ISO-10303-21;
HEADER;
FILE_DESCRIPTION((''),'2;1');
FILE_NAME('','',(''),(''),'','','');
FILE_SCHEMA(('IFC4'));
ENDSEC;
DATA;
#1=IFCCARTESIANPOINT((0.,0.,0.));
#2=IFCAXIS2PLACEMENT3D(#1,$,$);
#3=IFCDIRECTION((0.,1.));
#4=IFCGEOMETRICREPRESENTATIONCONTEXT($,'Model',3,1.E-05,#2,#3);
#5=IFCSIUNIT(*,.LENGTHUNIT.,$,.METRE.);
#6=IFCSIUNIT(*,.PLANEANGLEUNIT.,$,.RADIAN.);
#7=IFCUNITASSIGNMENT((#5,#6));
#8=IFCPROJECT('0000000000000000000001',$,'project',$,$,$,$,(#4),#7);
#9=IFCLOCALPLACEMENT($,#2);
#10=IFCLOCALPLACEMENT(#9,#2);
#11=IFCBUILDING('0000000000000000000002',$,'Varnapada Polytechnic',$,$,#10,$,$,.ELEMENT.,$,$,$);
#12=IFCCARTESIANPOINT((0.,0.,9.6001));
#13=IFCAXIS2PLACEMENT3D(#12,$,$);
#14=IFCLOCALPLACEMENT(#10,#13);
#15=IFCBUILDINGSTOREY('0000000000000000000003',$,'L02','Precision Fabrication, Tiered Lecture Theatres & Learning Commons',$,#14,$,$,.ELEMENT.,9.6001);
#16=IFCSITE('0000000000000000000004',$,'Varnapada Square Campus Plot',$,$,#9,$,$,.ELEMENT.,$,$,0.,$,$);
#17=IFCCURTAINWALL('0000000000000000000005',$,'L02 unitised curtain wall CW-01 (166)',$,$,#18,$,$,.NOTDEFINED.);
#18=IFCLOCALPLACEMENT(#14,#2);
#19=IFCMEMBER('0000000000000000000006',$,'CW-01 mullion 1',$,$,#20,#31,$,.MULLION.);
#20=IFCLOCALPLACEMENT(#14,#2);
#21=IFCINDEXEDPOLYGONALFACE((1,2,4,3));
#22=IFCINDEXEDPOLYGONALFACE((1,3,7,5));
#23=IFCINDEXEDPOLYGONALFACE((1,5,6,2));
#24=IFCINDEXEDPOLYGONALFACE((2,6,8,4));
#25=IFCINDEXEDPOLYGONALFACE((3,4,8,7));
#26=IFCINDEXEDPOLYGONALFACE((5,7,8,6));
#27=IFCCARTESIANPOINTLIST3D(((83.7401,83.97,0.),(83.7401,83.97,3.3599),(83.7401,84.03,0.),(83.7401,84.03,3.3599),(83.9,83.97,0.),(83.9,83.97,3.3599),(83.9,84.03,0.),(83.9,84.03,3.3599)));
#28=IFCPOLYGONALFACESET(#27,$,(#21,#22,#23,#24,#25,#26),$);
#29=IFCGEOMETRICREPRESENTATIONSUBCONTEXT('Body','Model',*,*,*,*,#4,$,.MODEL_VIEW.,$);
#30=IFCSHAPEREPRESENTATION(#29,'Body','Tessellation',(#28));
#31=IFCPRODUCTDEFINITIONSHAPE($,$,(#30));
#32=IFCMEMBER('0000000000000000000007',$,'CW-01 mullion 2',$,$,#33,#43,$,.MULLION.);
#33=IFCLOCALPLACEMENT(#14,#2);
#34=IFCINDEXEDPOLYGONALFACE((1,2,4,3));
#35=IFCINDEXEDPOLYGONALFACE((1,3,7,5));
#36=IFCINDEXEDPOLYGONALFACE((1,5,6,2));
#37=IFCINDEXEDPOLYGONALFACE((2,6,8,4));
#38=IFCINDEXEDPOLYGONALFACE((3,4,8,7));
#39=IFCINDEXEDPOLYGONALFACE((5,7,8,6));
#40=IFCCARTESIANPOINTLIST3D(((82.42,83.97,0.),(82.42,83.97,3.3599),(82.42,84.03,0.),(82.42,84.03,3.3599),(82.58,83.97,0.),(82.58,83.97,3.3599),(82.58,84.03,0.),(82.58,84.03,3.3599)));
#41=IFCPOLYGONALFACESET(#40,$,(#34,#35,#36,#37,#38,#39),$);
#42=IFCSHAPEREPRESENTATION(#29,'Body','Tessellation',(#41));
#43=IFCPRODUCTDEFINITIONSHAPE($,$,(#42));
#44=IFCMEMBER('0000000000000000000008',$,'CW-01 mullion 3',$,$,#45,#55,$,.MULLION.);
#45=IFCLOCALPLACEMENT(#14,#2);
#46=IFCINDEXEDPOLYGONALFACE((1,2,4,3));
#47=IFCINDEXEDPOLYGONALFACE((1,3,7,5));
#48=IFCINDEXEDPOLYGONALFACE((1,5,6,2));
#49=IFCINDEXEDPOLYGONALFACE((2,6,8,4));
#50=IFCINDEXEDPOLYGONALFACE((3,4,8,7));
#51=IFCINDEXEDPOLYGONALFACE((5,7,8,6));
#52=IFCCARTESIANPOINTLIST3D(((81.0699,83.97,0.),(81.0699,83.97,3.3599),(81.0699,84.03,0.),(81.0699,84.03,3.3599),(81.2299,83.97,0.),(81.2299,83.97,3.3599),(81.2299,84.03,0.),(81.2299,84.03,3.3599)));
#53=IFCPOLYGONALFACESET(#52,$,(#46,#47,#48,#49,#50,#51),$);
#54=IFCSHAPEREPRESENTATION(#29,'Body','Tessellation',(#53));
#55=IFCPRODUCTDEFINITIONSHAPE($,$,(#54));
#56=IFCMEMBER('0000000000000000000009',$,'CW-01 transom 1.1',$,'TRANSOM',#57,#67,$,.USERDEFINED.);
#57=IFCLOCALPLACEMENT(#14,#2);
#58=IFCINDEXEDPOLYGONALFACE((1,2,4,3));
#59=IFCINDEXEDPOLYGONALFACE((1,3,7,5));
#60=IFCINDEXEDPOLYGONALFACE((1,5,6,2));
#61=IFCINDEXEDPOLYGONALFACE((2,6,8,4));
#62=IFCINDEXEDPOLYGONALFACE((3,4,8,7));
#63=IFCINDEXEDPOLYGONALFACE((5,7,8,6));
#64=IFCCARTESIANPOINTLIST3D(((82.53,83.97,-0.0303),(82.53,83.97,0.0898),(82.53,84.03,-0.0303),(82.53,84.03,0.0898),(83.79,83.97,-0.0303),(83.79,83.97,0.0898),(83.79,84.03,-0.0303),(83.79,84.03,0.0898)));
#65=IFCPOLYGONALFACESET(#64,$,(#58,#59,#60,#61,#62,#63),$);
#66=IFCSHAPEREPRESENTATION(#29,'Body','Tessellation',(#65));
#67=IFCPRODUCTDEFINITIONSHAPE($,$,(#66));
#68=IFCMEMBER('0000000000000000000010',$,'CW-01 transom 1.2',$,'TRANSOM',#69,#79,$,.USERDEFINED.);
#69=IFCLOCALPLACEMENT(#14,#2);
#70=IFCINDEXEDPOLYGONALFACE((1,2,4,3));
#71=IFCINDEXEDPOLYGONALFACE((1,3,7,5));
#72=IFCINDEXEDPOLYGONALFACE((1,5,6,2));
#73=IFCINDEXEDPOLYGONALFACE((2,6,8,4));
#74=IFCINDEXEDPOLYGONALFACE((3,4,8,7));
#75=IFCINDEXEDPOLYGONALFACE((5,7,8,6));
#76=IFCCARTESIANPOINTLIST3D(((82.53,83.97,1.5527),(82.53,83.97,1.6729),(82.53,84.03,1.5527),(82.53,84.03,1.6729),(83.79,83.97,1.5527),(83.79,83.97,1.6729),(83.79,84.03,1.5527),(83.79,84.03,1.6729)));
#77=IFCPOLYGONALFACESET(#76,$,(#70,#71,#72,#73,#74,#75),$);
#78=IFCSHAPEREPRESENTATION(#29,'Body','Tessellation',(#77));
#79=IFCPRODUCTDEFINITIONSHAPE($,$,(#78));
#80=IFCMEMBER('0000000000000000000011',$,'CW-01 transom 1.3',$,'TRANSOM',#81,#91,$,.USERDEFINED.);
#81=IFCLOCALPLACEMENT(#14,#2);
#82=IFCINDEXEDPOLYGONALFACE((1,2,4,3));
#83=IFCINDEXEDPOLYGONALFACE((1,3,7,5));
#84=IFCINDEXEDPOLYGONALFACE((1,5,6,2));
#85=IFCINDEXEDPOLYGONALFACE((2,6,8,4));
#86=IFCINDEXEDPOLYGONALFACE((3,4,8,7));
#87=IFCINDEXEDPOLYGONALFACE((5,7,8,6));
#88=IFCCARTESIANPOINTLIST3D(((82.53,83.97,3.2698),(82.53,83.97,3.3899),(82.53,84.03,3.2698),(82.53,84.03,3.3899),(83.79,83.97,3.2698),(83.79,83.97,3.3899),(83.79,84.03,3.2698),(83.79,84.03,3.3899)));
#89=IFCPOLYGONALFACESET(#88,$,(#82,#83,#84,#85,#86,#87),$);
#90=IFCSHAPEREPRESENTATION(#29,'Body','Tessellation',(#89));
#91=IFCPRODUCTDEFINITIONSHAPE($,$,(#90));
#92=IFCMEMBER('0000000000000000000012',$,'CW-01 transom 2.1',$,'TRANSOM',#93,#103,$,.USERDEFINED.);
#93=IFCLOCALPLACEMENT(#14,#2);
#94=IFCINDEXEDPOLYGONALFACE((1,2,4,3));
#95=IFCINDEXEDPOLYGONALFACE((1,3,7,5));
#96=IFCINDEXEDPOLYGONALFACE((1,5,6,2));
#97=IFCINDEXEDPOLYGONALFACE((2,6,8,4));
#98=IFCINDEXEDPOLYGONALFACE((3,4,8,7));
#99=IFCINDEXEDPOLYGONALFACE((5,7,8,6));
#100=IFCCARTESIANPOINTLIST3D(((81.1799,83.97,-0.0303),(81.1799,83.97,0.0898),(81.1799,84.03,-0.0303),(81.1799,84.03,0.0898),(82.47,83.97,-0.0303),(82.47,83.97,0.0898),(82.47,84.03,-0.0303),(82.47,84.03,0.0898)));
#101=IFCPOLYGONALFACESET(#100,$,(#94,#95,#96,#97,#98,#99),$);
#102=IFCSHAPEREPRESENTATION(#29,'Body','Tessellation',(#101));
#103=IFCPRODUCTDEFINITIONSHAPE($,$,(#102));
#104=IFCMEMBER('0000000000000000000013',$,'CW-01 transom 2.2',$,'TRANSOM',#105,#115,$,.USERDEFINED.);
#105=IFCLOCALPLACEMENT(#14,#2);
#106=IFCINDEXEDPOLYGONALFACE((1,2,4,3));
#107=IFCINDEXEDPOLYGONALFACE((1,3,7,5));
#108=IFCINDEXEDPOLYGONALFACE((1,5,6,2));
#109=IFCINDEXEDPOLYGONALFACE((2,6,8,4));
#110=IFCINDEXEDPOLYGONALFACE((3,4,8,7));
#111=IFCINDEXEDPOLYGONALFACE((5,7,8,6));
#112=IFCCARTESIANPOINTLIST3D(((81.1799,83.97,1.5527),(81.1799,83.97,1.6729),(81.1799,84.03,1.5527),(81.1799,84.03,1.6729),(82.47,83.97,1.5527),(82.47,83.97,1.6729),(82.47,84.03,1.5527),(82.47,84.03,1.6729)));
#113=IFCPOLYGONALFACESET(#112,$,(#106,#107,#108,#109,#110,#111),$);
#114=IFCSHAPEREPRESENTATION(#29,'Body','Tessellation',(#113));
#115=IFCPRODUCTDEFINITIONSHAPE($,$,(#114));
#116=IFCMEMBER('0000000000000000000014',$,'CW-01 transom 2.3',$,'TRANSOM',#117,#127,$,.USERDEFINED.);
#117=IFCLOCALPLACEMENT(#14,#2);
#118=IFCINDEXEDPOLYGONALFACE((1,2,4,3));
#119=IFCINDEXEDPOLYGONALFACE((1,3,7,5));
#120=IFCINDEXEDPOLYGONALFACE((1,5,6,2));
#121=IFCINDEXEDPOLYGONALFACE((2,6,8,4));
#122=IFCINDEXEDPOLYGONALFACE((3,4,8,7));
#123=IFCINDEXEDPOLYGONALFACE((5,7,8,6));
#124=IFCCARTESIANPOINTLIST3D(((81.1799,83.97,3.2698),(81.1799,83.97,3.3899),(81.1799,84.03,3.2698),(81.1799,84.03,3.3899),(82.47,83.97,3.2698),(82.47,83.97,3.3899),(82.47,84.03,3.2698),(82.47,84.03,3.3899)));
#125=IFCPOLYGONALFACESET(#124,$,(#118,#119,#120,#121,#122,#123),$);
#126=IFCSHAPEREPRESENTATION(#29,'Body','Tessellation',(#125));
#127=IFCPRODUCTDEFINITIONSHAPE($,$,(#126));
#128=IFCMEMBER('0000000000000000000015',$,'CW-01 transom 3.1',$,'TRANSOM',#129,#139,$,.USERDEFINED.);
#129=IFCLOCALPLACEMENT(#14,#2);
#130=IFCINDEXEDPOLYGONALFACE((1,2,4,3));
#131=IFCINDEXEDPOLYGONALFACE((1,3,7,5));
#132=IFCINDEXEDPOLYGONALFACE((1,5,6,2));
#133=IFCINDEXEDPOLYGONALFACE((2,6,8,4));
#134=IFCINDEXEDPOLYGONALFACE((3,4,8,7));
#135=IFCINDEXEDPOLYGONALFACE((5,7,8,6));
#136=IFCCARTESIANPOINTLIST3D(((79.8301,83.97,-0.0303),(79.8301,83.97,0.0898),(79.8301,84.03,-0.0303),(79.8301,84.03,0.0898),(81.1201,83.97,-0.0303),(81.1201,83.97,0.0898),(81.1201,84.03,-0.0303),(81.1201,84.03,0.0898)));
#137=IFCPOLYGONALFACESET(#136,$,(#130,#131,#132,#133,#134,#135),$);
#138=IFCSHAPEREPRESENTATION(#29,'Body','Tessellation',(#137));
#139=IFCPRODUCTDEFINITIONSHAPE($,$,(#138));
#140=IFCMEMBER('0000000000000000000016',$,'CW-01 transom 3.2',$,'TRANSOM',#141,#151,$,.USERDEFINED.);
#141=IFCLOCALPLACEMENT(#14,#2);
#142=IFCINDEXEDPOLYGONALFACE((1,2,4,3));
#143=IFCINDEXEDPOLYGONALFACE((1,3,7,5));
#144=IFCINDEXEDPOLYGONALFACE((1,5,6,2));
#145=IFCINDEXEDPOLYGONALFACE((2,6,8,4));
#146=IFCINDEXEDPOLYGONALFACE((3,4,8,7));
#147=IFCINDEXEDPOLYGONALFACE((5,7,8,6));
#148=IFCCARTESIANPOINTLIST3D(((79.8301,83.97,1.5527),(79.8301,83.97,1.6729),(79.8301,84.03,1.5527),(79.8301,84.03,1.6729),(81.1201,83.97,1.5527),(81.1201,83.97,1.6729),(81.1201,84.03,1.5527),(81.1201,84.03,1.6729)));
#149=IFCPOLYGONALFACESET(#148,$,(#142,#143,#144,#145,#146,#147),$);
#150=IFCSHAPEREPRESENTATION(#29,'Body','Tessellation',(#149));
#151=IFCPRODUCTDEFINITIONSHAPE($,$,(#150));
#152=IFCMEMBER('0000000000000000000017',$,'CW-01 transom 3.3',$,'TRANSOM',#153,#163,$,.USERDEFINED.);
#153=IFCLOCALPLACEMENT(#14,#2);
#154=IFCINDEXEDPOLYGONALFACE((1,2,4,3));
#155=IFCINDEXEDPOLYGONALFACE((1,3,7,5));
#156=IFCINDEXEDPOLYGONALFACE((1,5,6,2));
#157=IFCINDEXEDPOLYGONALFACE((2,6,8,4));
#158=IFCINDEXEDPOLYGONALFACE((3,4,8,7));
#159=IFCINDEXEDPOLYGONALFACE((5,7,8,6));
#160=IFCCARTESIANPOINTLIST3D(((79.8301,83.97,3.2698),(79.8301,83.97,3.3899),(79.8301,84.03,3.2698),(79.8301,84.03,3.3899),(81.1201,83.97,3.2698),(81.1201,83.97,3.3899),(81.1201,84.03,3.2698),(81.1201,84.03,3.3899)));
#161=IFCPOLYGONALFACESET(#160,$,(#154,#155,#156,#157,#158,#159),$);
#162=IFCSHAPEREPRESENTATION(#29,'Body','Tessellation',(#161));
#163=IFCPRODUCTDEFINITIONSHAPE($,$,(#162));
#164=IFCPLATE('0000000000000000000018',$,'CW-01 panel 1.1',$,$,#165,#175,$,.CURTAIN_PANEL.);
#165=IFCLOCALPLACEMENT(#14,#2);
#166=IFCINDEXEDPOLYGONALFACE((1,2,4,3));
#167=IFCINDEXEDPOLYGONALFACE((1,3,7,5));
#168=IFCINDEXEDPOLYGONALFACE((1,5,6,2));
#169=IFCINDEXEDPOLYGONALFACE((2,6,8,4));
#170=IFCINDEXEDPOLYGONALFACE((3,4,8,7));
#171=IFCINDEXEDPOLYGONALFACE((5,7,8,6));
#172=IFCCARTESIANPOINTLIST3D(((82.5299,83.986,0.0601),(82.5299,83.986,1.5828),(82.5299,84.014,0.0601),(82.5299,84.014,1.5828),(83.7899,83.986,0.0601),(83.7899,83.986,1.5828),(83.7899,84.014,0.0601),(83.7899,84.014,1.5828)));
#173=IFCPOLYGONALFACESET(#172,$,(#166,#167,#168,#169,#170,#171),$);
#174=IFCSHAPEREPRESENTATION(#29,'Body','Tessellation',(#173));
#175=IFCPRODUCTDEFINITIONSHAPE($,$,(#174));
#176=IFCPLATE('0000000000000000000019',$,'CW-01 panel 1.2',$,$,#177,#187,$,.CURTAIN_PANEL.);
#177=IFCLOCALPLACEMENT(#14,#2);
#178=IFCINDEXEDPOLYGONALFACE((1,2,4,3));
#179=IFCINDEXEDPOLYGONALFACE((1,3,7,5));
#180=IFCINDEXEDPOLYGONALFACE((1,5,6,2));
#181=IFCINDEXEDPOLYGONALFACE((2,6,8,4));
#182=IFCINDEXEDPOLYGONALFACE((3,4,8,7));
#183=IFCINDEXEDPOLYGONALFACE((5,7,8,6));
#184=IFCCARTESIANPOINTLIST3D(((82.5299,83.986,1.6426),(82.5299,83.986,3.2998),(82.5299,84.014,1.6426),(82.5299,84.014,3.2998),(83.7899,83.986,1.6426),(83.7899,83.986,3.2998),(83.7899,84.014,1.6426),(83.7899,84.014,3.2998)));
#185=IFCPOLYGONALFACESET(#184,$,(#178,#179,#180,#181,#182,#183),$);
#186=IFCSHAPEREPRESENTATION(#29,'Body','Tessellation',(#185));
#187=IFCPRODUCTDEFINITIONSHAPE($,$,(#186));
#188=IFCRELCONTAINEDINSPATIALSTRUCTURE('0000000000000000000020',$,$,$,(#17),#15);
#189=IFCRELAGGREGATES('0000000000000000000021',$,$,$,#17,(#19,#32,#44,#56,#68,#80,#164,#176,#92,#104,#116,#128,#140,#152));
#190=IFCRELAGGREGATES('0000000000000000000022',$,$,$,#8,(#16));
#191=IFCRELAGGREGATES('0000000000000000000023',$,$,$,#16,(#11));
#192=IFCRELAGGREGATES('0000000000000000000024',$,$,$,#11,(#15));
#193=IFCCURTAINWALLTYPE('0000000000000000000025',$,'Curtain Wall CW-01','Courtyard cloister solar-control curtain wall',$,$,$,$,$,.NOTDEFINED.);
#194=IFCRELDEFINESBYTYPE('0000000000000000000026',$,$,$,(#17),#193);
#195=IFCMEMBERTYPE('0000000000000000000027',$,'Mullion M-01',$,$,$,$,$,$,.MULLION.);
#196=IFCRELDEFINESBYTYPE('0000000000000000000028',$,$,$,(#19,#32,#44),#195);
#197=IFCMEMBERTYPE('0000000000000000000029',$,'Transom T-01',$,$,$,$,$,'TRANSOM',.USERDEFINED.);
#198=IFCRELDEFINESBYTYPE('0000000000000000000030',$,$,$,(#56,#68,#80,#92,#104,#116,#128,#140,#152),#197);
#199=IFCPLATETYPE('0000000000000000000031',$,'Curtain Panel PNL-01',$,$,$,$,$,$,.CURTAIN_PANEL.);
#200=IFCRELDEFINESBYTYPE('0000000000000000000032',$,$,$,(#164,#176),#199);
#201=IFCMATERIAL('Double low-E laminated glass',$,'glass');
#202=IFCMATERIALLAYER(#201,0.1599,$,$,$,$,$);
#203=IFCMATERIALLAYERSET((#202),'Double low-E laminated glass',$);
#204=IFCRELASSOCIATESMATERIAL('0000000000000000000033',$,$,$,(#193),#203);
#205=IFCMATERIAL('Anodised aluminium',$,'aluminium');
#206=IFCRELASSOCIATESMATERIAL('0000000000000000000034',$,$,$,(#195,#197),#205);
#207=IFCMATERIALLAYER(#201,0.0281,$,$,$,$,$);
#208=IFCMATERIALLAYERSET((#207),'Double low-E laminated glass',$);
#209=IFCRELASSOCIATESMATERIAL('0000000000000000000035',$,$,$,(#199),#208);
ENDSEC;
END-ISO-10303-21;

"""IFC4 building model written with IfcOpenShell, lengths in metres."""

from ifc_helpers import new_model, si_unit, direction, frame, origin, origin_2d, place, context, subcontext, project, spatial, rectangle, extrude, material, layer, layer_set, material_profile, profile_set, type_object, element, aggregate, save


model = new_model("IFC4")

# Units and contexts
model_context = context("Model", 3, precision=1e-05, world=origin(), true_north=direction((0.0, 1.0)))
body_context = subcontext(model_context, "Body", "Model", "MODEL_VIEW")
ifc_project = project(units=[si_unit("LENGTHUNIT", "METRE"), si_unit("PLANEANGLEUNIT", "RADIAN")], contexts=[model_context])

# Site, building, storey
site_placement = place(None, origin())
site = spatial("IfcSite", under=ifc_project, at=site_placement, Name="Varnapada Square Campus Plot", CompositionType="ELEMENT", RefElevation=0.0)
building_placement = place(site_placement, origin())
building = spatial("IfcBuilding", under=site, at=building_placement, Name="Varnapada Polytechnic", CompositionType="ELEMENT")
storey_placement = place(building_placement, frame((0.0, 0.0, 9.6001)))
storey = spatial("IfcBuildingStorey", under=building, at=storey_placement, Name="L02", Description="Precision Fabrication, Tiered Lecture Theatres & Learning Commons", CompositionType="ELEMENT", Elevation=9.6001)

# Curtain wall, members, plates
ifc_material_1 = material(Name="Double low-E laminated glass", Category="glass")
ifc_layer_1 = layer(ifc_material_1, 0.1599)
ifc_layer_set_1 = layer_set([ifc_layer_1], Name="Double low-E laminated glass")
curtain_wall_type = type_object("IfcCurtainWallType", Name="Curtain Wall CW-01", Description="Courtyard cloister solar-control curtain wall", PredefinedType="NOTDEFINED", material=ifc_layer_set_1)
curtain_wall_placement = place(storey_placement, origin())
curtain_wall = element("IfcCurtainWall", 1, at=curtain_wall_placement, inside=storey, type_object=curtain_wall_type, Name="L02 unitised curtain wall CW-01 (166)", PredefinedType="NOTDEFINED")
ifc_material_2 = material(Name="Anodised aluminium", Category="aluminium")
ifc_material_profile_1 = material_profile(ifc_material_2, rectangle(XDim=0.0601, YDim=0.1599, at=origin_2d()), Name="ALU M60x160")
ifc_profile_set_1 = profile_set([ifc_material_profile_1], Name="Anodised aluminium")
member_type_1 = type_object("IfcMemberType", Name="Mullion M-01", PredefinedType="MULLION", material=ifc_profile_set_1)
member_1_placement = place(storey_placement, frame((83.8201, 84.0, 0.0), z_axis=(0.0, 0.0, 1.0), x_axis=(0.0, -1.0, 0.0)))
member_1 = element("IfcMember", 2, at=member_1_placement, type_object=member_type_1, Name="CW-01 mullion 1", PredefinedType="MULLION", context=body_context, shape_type="SweptSolid", body=[
    extrude(rectangle(XDim=0.0601, YDim=0.1599, at=origin_2d()), origin(), (0.0, 0.0, 1.0), 3.3599),
])
member_2_placement = place(storey_placement, frame((82.5, 84.0, 0.0), z_axis=(0.0, 0.0, 1.0), x_axis=(0.0, -1.0, 0.0)))
member_2 = element("IfcMember", 3, at=member_2_placement, type_object=member_type_1, Name="CW-01 mullion 2", PredefinedType="MULLION", context=body_context, shape_type="SweptSolid", body=[
    extrude(rectangle(XDim=0.0601, YDim=0.1599, at=origin_2d()), origin(), (0.0, 0.0, 1.0), 3.3599),
])
member_3_placement = place(storey_placement, frame((81.1499, 84.0, 0.0), z_axis=(0.0, 0.0, 1.0), x_axis=(0.0, -1.0, 0.0)))
member_3 = element("IfcMember", 4, at=member_3_placement, type_object=member_type_1, Name="CW-01 mullion 3", PredefinedType="MULLION", context=body_context, shape_type="SweptSolid", body=[
    extrude(rectangle(XDim=0.0601, YDim=0.1599, at=origin_2d()), origin(), (0.0, 0.0, 1.0), 3.3599),
])
ifc_material_profile_2 = material_profile(ifc_material_2, rectangle(XDim=0.0601, YDim=0.1201, at=origin_2d()), Name="ALU T60x120")
ifc_profile_set_2 = profile_set([ifc_material_profile_2], Name="Anodised aluminium")
member_type_2 = type_object("IfcMemberType", Name="Transom T-01", ElementType="TRANSOM", PredefinedType="USERDEFINED", material=ifc_profile_set_2)
member_4_placement = place(storey_placement, frame((83.79, 84.0, 0.0298), z_axis=(-1.0, 0.0, 0.0), x_axis=(0.0, -1.0, 0.0)))
member_4 = element("IfcMember", 5, at=member_4_placement, type_object=member_type_2, Name="CW-01 transom 1.1", ObjectType="TRANSOM", PredefinedType="USERDEFINED", context=body_context, shape_type="SweptSolid", body=[
    extrude(rectangle(XDim=0.0601, YDim=0.1201, at=origin_2d()), origin(), (0.0, 0.0, 1.0), 1.26),
])
member_5_placement = place(storey_placement, frame((83.79, 84.0, 1.6128), z_axis=(-1.0, 0.0, 0.0), x_axis=(0.0, -1.0, 0.0)))
member_5 = element("IfcMember", 6, at=member_5_placement, type_object=member_type_2, Name="CW-01 transom 1.2", ObjectType="TRANSOM", PredefinedType="USERDEFINED", context=body_context, shape_type="SweptSolid", body=[
    extrude(rectangle(XDim=0.0601, YDim=0.1201, at=origin_2d()), origin(), (0.0, 0.0, 1.0), 1.26),
])
member_6_placement = place(storey_placement, frame((83.79, 84.0, 3.3298), z_axis=(-1.0, 0.0, 0.0), x_axis=(0.0, -1.0, 0.0)))
member_6 = element("IfcMember", 7, at=member_6_placement, type_object=member_type_2, Name="CW-01 transom 1.3", ObjectType="TRANSOM", PredefinedType="USERDEFINED", context=body_context, shape_type="SweptSolid", body=[
    extrude(rectangle(XDim=0.0601, YDim=0.1201, at=origin_2d()), origin(), (0.0, 0.0, 1.0), 1.26),
])
member_7_placement = place(storey_placement, frame((82.47, 84.0, 0.0298), z_axis=(-1.0, 0.0, 0.0), x_axis=(0.0, -1.0, 0.0)))
member_7 = element("IfcMember", 8, at=member_7_placement, type_object=member_type_2, Name="CW-01 transom 2.1", ObjectType="TRANSOM", PredefinedType="USERDEFINED", context=body_context, shape_type="SweptSolid", body=[
    extrude(rectangle(XDim=0.0601, YDim=0.1201, at=origin_2d()), origin(), (0.0, 0.0, 1.0), 1.29),
])
member_8_placement = place(storey_placement, frame((82.47, 84.0, 1.6128), z_axis=(-1.0, 0.0, 0.0), x_axis=(0.0, -1.0, 0.0)))
member_8 = element("IfcMember", 9, at=member_8_placement, type_object=member_type_2, Name="CW-01 transom 2.2", ObjectType="TRANSOM", PredefinedType="USERDEFINED", context=body_context, shape_type="SweptSolid", body=[
    extrude(rectangle(XDim=0.0601, YDim=0.1201, at=origin_2d()), origin(), (0.0, 0.0, 1.0), 1.29),
])
member_9_placement = place(storey_placement, frame((82.47, 84.0, 3.3298), z_axis=(-1.0, 0.0, 0.0), x_axis=(0.0, -1.0, 0.0)))
member_9 = element("IfcMember", 10, at=member_9_placement, type_object=member_type_2, Name="CW-01 transom 2.3", ObjectType="TRANSOM", PredefinedType="USERDEFINED", context=body_context, shape_type="SweptSolid", body=[
    extrude(rectangle(XDim=0.0601, YDim=0.1201, at=origin_2d()), origin(), (0.0, 0.0, 1.0), 1.29),
])
member_10_placement = place(storey_placement, frame((81.1201, 84.0, 0.0298), z_axis=(-1.0, 0.0, 0.0), x_axis=(0.0, -1.0, 0.0)))
member_10 = element("IfcMember", 11, at=member_10_placement, type_object=member_type_2, Name="CW-01 transom 3.1", ObjectType="TRANSOM", PredefinedType="USERDEFINED", context=body_context, shape_type="SweptSolid", body=[
    extrude(rectangle(XDim=0.0601, YDim=0.1201, at=origin_2d()), origin(), (0.0, 0.0, 1.0), 1.29),
])
member_11_placement = place(storey_placement, frame((81.1201, 84.0, 1.6128), z_axis=(-1.0, 0.0, 0.0), x_axis=(0.0, -1.0, 0.0)))
member_11 = element("IfcMember", 12, at=member_11_placement, type_object=member_type_2, Name="CW-01 transom 3.2", ObjectType="TRANSOM", PredefinedType="USERDEFINED", context=body_context, shape_type="SweptSolid", body=[
    extrude(rectangle(XDim=0.0601, YDim=0.1201, at=origin_2d()), origin(), (0.0, 0.0, 1.0), 1.29),
])
member_12_placement = place(storey_placement, frame((81.1201, 84.0, 3.3298), z_axis=(-1.0, 0.0, 0.0), x_axis=(0.0, -1.0, 0.0)))
member_12 = element("IfcMember", 13, at=member_12_placement, type_object=member_type_2, Name="CW-01 transom 3.3", ObjectType="TRANSOM", PredefinedType="USERDEFINED", context=body_context, shape_type="SweptSolid", body=[
    extrude(rectangle(XDim=0.0601, YDim=0.1201, at=origin_2d()), origin(), (0.0, 0.0, 1.0), 1.29),
])
ifc_layer_2 = layer(ifc_material_1, 0.0281)
ifc_layer_set_2 = layer_set([ifc_layer_2], Name="Double low-E laminated glass")
plate_type = type_object("IfcPlateType", Name="Curtain Panel PNL-01", PredefinedType="CURTAIN_PANEL", material=ifc_layer_set_2)
plate_1_placement = place(storey_placement, frame((83.1599, 84.0, 0.0601), z_axis=(0.0, 0.0, 1.0), x_axis=(-1.0, 0.0, 0.0)))
plate_1 = element("IfcPlate", 14, at=plate_1_placement, type_object=plate_type, Name="CW-01 panel 1.1", PredefinedType="CURTAIN_PANEL", context=body_context, shape_type="SweptSolid", body=[
    extrude(rectangle(XDim=1.26, YDim=0.0281, at=origin_2d()), origin(), (0.0, 0.0, 1.0), 1.5227),
])
plate_2_placement = place(storey_placement, frame((83.1599, 84.0, 1.6426), z_axis=(0.0, 0.0, 1.0), x_axis=(-1.0, 0.0, 0.0)))
plate_2 = element("IfcPlate", 15, at=plate_2_placement, type_object=plate_type, Name="CW-01 panel 1.2", PredefinedType="CURTAIN_PANEL", context=body_context, shape_type="SweptSolid", body=[
    extrude(rectangle(XDim=1.26, YDim=0.0281, at=origin_2d()), origin(), (0.0, 0.0, 1.0), 1.6572),
])
aggregate(curtain_wall, [member_1, member_2, member_3, member_4, member_5, member_6, plate_1, plate_2, member_7, member_8, member_9, member_10, member_11, member_12])

save(model, "model.ifc")
